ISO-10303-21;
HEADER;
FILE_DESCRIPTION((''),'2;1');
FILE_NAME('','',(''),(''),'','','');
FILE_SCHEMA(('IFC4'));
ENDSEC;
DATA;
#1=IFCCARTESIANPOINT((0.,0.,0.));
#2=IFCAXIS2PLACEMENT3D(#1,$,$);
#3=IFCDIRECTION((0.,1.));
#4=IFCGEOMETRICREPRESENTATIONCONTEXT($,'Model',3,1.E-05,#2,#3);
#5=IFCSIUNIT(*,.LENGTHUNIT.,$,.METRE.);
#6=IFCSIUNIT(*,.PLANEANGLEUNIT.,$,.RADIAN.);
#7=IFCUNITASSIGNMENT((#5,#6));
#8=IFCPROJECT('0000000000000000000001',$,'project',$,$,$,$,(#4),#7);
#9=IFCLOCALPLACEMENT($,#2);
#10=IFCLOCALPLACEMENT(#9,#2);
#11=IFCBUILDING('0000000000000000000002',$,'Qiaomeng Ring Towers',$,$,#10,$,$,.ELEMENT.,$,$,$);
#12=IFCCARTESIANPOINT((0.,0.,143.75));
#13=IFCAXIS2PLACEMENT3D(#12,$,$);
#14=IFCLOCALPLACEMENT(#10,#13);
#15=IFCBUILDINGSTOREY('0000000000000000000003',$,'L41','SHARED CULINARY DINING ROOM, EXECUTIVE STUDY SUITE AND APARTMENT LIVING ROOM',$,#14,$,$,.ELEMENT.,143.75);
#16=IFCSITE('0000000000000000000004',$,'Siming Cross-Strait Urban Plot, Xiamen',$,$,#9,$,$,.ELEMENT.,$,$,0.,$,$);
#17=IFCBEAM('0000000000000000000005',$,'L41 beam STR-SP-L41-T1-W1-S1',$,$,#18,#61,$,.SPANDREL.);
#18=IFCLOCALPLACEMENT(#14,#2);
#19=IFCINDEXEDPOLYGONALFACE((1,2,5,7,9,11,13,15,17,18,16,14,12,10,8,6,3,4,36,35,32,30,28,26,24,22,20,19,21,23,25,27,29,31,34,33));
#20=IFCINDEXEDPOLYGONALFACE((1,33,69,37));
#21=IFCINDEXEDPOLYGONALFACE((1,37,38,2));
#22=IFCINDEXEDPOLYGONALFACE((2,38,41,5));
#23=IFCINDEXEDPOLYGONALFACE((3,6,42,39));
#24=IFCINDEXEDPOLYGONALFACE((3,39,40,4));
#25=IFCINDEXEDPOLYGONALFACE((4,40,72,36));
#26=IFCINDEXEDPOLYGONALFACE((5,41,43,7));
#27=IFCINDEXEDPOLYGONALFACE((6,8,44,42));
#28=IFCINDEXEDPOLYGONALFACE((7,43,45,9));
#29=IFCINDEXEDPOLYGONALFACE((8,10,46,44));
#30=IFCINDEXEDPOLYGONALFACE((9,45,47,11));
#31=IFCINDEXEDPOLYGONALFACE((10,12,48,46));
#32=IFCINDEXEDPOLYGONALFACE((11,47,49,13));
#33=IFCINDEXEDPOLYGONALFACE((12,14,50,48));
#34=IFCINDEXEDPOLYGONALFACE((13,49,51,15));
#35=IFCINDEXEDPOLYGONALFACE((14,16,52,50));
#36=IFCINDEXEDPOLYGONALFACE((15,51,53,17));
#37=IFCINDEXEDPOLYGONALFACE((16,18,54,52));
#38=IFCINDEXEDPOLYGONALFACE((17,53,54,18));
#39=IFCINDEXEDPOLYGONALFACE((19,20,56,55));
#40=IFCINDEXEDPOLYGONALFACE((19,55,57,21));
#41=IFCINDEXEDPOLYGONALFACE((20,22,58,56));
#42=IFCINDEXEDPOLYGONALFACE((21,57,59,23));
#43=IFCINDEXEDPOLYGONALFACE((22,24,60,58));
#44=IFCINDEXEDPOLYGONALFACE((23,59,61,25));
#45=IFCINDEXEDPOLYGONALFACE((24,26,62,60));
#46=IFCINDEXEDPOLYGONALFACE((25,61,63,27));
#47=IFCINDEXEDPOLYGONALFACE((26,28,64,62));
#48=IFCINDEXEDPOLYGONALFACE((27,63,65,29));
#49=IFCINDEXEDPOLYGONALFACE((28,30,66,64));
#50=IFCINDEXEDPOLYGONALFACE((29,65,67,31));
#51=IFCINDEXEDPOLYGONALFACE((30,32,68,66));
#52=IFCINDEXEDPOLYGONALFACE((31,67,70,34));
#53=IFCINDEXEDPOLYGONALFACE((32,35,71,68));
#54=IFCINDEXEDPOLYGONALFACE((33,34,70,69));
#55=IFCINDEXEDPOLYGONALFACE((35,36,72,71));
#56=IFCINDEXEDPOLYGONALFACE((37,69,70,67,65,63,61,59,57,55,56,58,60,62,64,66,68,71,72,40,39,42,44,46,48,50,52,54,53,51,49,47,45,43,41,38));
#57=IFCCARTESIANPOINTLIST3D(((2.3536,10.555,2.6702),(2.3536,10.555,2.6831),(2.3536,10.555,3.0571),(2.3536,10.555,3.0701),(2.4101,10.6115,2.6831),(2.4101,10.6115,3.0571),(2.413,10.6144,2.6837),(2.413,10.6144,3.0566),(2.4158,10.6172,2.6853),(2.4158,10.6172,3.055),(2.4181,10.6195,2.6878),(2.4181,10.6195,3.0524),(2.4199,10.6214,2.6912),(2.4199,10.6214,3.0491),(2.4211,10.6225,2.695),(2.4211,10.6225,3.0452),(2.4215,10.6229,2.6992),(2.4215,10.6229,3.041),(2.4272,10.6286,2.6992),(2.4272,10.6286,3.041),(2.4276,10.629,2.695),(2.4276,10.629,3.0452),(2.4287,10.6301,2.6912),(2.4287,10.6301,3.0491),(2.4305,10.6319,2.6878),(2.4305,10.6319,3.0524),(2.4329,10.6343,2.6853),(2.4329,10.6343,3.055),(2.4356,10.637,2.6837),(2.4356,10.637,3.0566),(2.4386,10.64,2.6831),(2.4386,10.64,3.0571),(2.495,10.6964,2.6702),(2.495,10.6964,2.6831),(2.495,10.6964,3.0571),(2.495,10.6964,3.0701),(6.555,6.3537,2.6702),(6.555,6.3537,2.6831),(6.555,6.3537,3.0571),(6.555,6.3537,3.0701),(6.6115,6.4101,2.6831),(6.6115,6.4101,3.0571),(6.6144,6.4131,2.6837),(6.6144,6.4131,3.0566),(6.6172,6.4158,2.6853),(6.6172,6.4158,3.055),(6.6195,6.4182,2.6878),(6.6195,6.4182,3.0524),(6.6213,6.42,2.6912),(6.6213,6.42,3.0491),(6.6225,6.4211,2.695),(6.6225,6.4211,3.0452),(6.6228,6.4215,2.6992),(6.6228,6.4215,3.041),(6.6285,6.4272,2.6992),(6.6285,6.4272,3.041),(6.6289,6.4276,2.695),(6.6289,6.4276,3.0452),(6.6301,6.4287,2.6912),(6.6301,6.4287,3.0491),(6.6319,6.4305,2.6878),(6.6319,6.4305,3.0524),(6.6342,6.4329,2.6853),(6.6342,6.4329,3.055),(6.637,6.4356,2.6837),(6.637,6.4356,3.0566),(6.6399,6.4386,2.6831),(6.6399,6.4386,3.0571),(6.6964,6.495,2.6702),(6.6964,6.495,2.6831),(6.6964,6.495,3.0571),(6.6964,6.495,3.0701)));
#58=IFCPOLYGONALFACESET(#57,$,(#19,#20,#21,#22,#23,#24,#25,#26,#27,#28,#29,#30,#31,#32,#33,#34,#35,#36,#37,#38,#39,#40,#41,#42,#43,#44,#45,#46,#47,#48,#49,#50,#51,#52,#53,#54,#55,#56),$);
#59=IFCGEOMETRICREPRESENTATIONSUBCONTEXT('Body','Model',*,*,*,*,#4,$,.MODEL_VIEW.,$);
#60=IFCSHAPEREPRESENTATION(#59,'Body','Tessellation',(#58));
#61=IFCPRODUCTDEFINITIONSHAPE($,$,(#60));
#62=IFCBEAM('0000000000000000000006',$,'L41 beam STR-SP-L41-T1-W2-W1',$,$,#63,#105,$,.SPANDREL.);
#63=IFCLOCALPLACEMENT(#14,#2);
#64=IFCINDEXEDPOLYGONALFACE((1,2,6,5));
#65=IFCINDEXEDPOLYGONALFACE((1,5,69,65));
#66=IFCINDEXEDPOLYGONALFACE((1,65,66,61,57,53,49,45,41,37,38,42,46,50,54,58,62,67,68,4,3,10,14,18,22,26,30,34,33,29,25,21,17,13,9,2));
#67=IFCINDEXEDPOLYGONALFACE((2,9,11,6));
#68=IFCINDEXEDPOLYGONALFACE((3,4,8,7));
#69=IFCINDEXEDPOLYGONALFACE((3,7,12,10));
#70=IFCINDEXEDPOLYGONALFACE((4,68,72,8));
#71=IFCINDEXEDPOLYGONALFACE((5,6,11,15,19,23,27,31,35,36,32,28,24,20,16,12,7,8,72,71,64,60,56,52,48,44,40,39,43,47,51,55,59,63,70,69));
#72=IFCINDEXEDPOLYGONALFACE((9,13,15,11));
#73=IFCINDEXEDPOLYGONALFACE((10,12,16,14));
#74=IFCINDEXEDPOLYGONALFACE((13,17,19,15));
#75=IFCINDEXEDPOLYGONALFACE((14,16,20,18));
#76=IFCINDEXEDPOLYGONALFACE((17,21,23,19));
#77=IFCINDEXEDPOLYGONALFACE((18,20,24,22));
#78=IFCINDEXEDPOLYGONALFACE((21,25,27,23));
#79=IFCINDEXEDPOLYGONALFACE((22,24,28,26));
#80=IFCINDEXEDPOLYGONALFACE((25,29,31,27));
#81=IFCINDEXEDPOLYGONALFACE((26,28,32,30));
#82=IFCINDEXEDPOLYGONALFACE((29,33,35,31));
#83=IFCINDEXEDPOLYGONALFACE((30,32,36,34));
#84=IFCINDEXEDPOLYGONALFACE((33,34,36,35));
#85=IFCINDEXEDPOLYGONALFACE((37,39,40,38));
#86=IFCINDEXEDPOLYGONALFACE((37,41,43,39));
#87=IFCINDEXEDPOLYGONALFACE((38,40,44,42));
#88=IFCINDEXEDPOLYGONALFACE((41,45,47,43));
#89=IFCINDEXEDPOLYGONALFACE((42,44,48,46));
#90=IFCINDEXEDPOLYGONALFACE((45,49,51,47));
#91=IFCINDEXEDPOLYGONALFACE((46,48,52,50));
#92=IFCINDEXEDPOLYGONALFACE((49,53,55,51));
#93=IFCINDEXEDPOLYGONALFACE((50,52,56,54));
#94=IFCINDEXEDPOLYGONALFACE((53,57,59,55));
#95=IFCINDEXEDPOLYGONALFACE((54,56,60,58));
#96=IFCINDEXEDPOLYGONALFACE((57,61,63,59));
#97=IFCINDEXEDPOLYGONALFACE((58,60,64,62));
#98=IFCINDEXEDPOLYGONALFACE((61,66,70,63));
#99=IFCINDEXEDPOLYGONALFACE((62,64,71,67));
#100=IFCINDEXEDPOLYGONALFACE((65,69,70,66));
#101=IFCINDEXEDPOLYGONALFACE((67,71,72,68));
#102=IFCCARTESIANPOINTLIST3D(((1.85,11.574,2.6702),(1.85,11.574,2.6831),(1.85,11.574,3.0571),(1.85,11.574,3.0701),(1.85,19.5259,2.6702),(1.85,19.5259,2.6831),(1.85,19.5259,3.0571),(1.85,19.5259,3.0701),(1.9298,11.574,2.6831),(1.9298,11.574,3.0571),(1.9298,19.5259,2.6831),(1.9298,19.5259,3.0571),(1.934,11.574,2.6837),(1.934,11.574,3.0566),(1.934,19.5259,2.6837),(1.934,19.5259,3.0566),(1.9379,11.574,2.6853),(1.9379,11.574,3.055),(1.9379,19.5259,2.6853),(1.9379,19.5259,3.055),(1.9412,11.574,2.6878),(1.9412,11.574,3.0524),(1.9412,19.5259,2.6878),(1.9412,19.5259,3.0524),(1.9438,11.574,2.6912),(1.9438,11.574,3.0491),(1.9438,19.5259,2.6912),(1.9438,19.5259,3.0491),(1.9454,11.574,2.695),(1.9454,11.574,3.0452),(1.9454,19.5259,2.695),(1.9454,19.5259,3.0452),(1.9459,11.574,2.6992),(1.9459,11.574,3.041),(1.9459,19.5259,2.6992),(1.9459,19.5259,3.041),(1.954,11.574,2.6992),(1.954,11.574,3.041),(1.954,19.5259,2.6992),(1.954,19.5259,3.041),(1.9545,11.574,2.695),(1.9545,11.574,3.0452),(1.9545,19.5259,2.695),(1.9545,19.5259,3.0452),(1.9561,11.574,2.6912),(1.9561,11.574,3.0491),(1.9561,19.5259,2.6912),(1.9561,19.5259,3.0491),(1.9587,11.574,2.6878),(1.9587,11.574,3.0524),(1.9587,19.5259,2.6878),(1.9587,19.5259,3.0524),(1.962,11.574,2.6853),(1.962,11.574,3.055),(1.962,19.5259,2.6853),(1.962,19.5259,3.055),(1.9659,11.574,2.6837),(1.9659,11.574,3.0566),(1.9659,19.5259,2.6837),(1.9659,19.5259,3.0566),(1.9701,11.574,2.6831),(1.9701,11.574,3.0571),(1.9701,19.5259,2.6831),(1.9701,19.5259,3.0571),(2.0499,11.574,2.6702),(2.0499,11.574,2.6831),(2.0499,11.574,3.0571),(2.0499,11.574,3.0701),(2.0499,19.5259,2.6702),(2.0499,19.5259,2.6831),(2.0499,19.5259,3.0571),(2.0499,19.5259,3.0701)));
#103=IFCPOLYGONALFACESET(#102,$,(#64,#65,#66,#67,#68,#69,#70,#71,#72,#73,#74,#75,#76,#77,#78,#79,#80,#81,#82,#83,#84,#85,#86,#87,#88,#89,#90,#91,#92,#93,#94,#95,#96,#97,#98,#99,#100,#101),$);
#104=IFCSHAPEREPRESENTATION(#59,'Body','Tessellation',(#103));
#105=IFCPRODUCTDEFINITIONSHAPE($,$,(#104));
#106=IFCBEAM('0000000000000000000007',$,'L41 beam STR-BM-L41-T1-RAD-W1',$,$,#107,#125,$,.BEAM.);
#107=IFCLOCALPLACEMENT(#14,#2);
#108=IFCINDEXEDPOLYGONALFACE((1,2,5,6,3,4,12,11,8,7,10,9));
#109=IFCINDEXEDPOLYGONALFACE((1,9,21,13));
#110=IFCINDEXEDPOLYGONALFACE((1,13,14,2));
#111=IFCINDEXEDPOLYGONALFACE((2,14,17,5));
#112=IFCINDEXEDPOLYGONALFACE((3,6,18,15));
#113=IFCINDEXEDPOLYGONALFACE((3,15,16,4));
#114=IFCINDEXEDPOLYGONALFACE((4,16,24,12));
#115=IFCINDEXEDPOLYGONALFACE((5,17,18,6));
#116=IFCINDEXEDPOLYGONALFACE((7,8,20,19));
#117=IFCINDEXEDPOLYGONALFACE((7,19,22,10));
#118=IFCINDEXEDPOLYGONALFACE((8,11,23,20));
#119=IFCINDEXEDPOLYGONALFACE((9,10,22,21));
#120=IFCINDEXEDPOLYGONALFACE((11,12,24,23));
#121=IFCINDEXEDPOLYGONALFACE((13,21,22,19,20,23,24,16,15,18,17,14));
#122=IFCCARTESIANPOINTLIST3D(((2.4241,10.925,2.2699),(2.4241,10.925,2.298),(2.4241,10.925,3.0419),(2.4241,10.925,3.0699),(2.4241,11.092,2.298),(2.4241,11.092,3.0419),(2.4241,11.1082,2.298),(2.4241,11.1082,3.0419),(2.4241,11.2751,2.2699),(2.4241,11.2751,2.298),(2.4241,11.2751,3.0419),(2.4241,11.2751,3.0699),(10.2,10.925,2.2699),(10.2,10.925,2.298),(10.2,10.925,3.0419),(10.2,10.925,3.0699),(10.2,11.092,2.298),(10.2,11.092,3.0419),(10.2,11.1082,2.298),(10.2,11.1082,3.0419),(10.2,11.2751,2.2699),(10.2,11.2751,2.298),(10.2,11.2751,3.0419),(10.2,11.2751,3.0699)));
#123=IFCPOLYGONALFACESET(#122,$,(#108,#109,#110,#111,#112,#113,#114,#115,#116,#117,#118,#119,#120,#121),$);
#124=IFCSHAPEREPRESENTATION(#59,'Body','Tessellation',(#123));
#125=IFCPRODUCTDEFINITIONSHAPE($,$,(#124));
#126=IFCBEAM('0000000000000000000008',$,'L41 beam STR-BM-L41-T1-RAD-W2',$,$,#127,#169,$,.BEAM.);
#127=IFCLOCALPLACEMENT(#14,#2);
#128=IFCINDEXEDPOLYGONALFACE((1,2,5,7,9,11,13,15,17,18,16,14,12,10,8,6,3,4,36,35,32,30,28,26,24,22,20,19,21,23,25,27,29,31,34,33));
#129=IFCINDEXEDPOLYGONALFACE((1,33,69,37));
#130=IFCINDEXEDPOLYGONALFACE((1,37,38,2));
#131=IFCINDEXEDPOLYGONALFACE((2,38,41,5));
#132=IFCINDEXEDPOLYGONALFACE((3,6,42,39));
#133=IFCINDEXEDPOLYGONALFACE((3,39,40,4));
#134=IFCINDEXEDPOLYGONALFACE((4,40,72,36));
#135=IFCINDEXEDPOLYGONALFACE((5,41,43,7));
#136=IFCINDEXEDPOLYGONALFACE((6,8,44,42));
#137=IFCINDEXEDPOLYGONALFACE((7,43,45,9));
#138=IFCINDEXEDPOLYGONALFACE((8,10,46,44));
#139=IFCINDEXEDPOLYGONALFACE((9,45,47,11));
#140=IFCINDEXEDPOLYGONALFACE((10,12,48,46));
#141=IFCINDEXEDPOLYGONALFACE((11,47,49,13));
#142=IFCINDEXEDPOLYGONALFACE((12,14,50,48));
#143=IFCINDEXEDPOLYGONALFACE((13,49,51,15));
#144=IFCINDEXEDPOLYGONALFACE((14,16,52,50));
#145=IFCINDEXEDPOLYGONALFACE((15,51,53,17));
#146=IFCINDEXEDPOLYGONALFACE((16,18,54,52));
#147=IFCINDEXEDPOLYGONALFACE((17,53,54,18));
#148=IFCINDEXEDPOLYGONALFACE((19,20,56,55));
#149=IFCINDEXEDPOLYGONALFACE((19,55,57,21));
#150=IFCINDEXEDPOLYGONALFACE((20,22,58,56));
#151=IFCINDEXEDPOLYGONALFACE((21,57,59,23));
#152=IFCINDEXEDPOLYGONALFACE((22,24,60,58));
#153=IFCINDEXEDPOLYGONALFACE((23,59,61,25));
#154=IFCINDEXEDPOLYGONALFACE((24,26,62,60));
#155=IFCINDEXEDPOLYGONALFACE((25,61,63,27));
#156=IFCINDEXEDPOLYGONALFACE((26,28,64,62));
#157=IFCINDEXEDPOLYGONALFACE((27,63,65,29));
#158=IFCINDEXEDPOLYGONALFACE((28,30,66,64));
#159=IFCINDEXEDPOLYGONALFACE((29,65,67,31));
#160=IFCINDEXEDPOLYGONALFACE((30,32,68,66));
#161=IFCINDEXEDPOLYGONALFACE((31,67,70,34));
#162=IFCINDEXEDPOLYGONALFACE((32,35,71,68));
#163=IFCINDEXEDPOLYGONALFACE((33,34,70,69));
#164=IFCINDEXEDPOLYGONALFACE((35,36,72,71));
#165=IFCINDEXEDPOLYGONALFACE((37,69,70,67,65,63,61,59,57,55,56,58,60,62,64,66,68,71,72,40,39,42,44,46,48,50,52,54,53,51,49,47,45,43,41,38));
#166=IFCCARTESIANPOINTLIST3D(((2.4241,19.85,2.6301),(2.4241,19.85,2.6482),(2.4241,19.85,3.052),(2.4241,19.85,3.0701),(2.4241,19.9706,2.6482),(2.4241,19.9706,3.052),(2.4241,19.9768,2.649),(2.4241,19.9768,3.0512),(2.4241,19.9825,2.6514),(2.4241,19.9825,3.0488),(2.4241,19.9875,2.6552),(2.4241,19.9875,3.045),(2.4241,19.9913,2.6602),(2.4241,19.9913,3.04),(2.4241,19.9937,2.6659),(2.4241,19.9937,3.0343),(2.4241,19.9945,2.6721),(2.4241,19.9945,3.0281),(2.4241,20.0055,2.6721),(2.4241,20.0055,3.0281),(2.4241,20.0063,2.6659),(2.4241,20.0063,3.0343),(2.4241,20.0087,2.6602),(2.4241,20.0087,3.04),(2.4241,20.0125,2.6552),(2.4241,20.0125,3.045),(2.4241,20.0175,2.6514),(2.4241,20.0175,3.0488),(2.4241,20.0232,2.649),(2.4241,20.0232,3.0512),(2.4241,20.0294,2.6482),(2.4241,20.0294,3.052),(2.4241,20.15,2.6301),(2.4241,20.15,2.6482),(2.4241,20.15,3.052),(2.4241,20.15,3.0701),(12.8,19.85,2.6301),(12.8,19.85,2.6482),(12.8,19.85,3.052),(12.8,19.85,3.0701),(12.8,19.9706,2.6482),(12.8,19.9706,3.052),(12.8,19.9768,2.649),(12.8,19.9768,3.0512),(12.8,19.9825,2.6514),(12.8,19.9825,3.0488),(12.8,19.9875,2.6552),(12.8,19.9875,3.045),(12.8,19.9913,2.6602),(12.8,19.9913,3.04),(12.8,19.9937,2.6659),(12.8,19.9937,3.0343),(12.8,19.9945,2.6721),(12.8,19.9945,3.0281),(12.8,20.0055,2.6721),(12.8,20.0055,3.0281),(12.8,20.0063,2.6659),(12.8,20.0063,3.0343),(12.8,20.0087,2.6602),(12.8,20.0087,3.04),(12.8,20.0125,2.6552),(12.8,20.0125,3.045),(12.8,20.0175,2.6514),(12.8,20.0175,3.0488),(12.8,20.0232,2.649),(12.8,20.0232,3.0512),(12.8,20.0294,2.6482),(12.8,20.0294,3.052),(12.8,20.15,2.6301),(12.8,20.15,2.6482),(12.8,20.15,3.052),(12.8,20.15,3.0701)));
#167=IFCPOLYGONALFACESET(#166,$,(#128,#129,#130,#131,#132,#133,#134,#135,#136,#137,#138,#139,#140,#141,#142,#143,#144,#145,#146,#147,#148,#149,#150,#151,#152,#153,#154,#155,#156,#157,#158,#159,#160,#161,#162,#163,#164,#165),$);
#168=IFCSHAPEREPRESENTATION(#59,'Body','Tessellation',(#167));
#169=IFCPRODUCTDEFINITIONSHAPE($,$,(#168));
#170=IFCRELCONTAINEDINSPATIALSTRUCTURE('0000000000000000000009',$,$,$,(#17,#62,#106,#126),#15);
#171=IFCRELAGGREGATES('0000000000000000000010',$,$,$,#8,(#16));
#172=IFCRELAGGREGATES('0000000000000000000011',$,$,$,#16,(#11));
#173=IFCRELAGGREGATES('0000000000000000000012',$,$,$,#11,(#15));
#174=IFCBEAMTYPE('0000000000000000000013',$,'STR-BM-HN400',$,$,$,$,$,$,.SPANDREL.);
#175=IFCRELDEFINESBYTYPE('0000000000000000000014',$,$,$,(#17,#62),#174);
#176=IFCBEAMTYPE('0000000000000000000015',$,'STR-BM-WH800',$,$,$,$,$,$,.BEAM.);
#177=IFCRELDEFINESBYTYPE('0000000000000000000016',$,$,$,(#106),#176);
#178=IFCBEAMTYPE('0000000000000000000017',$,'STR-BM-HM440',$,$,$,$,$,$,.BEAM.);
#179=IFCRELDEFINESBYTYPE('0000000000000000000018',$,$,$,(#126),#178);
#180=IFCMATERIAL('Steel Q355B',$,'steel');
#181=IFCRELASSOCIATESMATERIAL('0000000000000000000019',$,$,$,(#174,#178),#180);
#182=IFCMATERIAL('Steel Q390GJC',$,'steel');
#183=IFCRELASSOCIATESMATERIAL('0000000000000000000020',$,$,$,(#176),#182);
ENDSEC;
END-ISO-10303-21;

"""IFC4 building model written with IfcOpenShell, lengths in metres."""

from ifc_helpers import new_model, si_unit, direction, frame, origin, origin_2d, place, context, subcontext, project, spatial, i_section, extrude, source, transform, mapped, material, material_profile, profile_set, type_object, element, save


model = new_model("IFC4")

# Units and contexts
model_context = context("Model", 3, precision=1e-05, world=origin(), true_north=direction((0.0, 1.0)))
body_context = subcontext(model_context, "Body", "Model", "MODEL_VIEW")
ifc_project = project(units=[si_unit("LENGTHUNIT", "METRE"), si_unit("PLANEANGLEUNIT", "RADIAN")], contexts=[model_context])

# Site, building, storey
site_placement = place(None, origin())
site = spatial("IfcSite", under=ifc_project, at=site_placement, Name="Siming Cross-Strait Urban Plot, Xiamen", CompositionType="ELEMENT", RefElevation=0.0)
building_placement = place(site_placement, origin())
building = spatial("IfcBuilding", under=site, at=building_placement, Name="Qiaomeng Ring Towers", CompositionType="ELEMENT")
storey_placement = place(building_placement, frame((0.0, 0.0, 143.75)))
storey = spatial("IfcBuildingStorey", under=building, at=storey_placement, Name="L41", Description="SHARED CULINARY DINING ROOM, EXECUTIVE STUDY SUITE AND APARTMENT LIVING ROOM", CompositionType="ELEMENT", Elevation=143.75)

# Beams
ifc_material_1 = material(Name="Steel Q355B", Category="steel")
ifc_material_profile_1 = material_profile(ifc_material_1, i_section(OverallWidth=0.2, OverallDepth=0.3999, WebThickness=0.0081, FlangeThickness=0.0129, FilletRadius=0.0161, at=origin_2d()), Name="HN 400x200x8x13")
ifc_profile_set_1 = profile_set([ifc_material_profile_1], Name="Steel Q355B")
beam_type_1 = type_object("IfcBeamType", Name="STR-BM-HN400", PredefinedType="SPANDREL", material=ifc_profile_set_1)
shared_shape_1 = source(origin(), body_context, "Body", "SweptSolid", [
    extrude(i_section(OverallWidth=0.2, OverallDepth=0.3999, WebThickness=0.0081, FlangeThickness=0.0129, FilletRadius=0.0161, at=origin_2d()), origin(), (0.0, 0.0, 1.0), 5.9417),
])
beam_1_placement = place(storey_placement, frame((2.4243, 10.6257, 2.8701), z_axis=(0.707107, -0.707107, 0.0), x_axis=(0.707107, 0.707107, 0.0)))
element("IfcBeam", 1, at=beam_1_placement, inside=storey, type_object=beam_type_1, Name="L41 beam STR-SP-L41-T1-W1-S1", PredefinedType="SPANDREL", context=body_context, shape_type="MappedRepresentation", body=[
    mapped(shared_shape_1, transform((0.0, 0.0, 0.0), x_axis=(1.0, 0.0, 0.0), y_axis=(0.0, 1.0, 0.0), z_axis=(0.0, 0.0, 1.0), scale=1.0)),
])
shared_shape_2 = source(origin(), body_context, "Body", "SweptSolid", [
    extrude(i_section(OverallWidth=0.2, OverallDepth=0.3999, WebThickness=0.0081, FlangeThickness=0.0129, FilletRadius=0.0161, at=origin_2d()), origin(), (0.0, 0.0, 1.0), 7.9519),
])
beam_2_placement = place(storey_placement, frame((1.95, 19.5259, 2.8701), z_axis=(0.0, -1.0, 0.0), x_axis=(1.0, 0.0, 0.0)))
element("IfcBeam", 2, at=beam_2_placement, inside=storey, type_object=beam_type_1, Name="L41 beam STR-SP-L41-T1-W2-W1", PredefinedType="SPANDREL", context=body_context, shape_type="MappedRepresentation", body=[
    mapped(shared_shape_2, transform((0.0, 0.0, 0.0), x_axis=(1.0, 0.0, 0.0), y_axis=(0.0, 1.0, 0.0), z_axis=(0.0, 0.0, 1.0), scale=1.0)),
])
ifc_material_2 = material(Name="Steel Q390GJC", Category="steel")
ifc_material_profile_2 = material_profile(ifc_material_2, i_section(OverallWidth=0.3501, OverallDepth=0.8, WebThickness=0.0161, FlangeThickness=0.0281, at=origin_2d()), Name="WH 800x350x16x28")
ifc_profile_set_2 = profile_set([ifc_material_profile_2], Name="Steel Q390GJC")
beam_type_2 = type_object("IfcBeamType", Name="STR-BM-WH800", PredefinedType="BEAM", material=ifc_profile_set_2)
shared_shape_3 = source(origin(), body_context, "Body", "SweptSolid", [
    extrude(i_section(OverallWidth=0.3501, OverallDepth=0.8, WebThickness=0.0161, FlangeThickness=0.0281, at=origin_2d()), origin(), (0.0, 0.0, 1.0), 7.7759),
])
beam_3_placement = place(storey_placement, frame((2.4241, 11.1001, 2.6699), z_axis=(1.0, 0.0, 0.0), x_axis=(0.0, 1.0, 0.0)))
element("IfcBeam", 3, at=beam_3_placement, inside=storey, type_object=beam_type_2, Name="L41 beam STR-BM-L41-T1-RAD-W1", PredefinedType="BEAM", context=body_context, shape_type="MappedRepresentation", body=[
    mapped(shared_shape_3, transform((0.0, 0.0, 0.0), x_axis=(1.0, 0.0, 0.0), y_axis=(0.0, 1.0, 0.0), z_axis=(0.0, 0.0, 1.0), scale=1.0)),
])
ifc_material_profile_3 = material_profile(ifc_material_1, i_section(OverallWidth=0.3, OverallDepth=0.4399, WebThickness=0.011, FlangeThickness=0.0181, FilletRadius=0.0239, at=origin_2d()), Name="HM 440x300x11x18")
ifc_profile_set_3 = profile_set([ifc_material_profile_3], Name="Steel Q355B")
beam_type_3 = type_object("IfcBeamType", Name="STR-BM-HM440", PredefinedType="BEAM", material=ifc_profile_set_3)
shared_shape_4 = source(origin(), body_context, "Body", "SweptSolid", [
    extrude(i_section(OverallWidth=0.3, OverallDepth=0.4399, WebThickness=0.011, FlangeThickness=0.0181, FilletRadius=0.0239, at=origin_2d()), origin(), (0.0, 0.0, 1.0), 10.376),
])
beam_4_placement = place(storey_placement, frame((2.4241, 20.0, 2.8501), z_axis=(1.0, 0.0, 0.0), x_axis=(0.0, 1.0, 0.0)))
element("IfcBeam", 4, at=beam_4_placement, inside=storey, type_object=beam_type_3, Name="L41 beam STR-BM-L41-T1-RAD-W2", PredefinedType="BEAM", context=body_context, shape_type="MappedRepresentation", body=[
    mapped(shared_shape_4, transform((0.0, 0.0, 0.0), x_axis=(1.0, 0.0, 0.0), y_axis=(0.0, 1.0, 0.0), z_axis=(0.0, 0.0, 1.0), scale=1.0)),
])

save(model, "model.ifc")
